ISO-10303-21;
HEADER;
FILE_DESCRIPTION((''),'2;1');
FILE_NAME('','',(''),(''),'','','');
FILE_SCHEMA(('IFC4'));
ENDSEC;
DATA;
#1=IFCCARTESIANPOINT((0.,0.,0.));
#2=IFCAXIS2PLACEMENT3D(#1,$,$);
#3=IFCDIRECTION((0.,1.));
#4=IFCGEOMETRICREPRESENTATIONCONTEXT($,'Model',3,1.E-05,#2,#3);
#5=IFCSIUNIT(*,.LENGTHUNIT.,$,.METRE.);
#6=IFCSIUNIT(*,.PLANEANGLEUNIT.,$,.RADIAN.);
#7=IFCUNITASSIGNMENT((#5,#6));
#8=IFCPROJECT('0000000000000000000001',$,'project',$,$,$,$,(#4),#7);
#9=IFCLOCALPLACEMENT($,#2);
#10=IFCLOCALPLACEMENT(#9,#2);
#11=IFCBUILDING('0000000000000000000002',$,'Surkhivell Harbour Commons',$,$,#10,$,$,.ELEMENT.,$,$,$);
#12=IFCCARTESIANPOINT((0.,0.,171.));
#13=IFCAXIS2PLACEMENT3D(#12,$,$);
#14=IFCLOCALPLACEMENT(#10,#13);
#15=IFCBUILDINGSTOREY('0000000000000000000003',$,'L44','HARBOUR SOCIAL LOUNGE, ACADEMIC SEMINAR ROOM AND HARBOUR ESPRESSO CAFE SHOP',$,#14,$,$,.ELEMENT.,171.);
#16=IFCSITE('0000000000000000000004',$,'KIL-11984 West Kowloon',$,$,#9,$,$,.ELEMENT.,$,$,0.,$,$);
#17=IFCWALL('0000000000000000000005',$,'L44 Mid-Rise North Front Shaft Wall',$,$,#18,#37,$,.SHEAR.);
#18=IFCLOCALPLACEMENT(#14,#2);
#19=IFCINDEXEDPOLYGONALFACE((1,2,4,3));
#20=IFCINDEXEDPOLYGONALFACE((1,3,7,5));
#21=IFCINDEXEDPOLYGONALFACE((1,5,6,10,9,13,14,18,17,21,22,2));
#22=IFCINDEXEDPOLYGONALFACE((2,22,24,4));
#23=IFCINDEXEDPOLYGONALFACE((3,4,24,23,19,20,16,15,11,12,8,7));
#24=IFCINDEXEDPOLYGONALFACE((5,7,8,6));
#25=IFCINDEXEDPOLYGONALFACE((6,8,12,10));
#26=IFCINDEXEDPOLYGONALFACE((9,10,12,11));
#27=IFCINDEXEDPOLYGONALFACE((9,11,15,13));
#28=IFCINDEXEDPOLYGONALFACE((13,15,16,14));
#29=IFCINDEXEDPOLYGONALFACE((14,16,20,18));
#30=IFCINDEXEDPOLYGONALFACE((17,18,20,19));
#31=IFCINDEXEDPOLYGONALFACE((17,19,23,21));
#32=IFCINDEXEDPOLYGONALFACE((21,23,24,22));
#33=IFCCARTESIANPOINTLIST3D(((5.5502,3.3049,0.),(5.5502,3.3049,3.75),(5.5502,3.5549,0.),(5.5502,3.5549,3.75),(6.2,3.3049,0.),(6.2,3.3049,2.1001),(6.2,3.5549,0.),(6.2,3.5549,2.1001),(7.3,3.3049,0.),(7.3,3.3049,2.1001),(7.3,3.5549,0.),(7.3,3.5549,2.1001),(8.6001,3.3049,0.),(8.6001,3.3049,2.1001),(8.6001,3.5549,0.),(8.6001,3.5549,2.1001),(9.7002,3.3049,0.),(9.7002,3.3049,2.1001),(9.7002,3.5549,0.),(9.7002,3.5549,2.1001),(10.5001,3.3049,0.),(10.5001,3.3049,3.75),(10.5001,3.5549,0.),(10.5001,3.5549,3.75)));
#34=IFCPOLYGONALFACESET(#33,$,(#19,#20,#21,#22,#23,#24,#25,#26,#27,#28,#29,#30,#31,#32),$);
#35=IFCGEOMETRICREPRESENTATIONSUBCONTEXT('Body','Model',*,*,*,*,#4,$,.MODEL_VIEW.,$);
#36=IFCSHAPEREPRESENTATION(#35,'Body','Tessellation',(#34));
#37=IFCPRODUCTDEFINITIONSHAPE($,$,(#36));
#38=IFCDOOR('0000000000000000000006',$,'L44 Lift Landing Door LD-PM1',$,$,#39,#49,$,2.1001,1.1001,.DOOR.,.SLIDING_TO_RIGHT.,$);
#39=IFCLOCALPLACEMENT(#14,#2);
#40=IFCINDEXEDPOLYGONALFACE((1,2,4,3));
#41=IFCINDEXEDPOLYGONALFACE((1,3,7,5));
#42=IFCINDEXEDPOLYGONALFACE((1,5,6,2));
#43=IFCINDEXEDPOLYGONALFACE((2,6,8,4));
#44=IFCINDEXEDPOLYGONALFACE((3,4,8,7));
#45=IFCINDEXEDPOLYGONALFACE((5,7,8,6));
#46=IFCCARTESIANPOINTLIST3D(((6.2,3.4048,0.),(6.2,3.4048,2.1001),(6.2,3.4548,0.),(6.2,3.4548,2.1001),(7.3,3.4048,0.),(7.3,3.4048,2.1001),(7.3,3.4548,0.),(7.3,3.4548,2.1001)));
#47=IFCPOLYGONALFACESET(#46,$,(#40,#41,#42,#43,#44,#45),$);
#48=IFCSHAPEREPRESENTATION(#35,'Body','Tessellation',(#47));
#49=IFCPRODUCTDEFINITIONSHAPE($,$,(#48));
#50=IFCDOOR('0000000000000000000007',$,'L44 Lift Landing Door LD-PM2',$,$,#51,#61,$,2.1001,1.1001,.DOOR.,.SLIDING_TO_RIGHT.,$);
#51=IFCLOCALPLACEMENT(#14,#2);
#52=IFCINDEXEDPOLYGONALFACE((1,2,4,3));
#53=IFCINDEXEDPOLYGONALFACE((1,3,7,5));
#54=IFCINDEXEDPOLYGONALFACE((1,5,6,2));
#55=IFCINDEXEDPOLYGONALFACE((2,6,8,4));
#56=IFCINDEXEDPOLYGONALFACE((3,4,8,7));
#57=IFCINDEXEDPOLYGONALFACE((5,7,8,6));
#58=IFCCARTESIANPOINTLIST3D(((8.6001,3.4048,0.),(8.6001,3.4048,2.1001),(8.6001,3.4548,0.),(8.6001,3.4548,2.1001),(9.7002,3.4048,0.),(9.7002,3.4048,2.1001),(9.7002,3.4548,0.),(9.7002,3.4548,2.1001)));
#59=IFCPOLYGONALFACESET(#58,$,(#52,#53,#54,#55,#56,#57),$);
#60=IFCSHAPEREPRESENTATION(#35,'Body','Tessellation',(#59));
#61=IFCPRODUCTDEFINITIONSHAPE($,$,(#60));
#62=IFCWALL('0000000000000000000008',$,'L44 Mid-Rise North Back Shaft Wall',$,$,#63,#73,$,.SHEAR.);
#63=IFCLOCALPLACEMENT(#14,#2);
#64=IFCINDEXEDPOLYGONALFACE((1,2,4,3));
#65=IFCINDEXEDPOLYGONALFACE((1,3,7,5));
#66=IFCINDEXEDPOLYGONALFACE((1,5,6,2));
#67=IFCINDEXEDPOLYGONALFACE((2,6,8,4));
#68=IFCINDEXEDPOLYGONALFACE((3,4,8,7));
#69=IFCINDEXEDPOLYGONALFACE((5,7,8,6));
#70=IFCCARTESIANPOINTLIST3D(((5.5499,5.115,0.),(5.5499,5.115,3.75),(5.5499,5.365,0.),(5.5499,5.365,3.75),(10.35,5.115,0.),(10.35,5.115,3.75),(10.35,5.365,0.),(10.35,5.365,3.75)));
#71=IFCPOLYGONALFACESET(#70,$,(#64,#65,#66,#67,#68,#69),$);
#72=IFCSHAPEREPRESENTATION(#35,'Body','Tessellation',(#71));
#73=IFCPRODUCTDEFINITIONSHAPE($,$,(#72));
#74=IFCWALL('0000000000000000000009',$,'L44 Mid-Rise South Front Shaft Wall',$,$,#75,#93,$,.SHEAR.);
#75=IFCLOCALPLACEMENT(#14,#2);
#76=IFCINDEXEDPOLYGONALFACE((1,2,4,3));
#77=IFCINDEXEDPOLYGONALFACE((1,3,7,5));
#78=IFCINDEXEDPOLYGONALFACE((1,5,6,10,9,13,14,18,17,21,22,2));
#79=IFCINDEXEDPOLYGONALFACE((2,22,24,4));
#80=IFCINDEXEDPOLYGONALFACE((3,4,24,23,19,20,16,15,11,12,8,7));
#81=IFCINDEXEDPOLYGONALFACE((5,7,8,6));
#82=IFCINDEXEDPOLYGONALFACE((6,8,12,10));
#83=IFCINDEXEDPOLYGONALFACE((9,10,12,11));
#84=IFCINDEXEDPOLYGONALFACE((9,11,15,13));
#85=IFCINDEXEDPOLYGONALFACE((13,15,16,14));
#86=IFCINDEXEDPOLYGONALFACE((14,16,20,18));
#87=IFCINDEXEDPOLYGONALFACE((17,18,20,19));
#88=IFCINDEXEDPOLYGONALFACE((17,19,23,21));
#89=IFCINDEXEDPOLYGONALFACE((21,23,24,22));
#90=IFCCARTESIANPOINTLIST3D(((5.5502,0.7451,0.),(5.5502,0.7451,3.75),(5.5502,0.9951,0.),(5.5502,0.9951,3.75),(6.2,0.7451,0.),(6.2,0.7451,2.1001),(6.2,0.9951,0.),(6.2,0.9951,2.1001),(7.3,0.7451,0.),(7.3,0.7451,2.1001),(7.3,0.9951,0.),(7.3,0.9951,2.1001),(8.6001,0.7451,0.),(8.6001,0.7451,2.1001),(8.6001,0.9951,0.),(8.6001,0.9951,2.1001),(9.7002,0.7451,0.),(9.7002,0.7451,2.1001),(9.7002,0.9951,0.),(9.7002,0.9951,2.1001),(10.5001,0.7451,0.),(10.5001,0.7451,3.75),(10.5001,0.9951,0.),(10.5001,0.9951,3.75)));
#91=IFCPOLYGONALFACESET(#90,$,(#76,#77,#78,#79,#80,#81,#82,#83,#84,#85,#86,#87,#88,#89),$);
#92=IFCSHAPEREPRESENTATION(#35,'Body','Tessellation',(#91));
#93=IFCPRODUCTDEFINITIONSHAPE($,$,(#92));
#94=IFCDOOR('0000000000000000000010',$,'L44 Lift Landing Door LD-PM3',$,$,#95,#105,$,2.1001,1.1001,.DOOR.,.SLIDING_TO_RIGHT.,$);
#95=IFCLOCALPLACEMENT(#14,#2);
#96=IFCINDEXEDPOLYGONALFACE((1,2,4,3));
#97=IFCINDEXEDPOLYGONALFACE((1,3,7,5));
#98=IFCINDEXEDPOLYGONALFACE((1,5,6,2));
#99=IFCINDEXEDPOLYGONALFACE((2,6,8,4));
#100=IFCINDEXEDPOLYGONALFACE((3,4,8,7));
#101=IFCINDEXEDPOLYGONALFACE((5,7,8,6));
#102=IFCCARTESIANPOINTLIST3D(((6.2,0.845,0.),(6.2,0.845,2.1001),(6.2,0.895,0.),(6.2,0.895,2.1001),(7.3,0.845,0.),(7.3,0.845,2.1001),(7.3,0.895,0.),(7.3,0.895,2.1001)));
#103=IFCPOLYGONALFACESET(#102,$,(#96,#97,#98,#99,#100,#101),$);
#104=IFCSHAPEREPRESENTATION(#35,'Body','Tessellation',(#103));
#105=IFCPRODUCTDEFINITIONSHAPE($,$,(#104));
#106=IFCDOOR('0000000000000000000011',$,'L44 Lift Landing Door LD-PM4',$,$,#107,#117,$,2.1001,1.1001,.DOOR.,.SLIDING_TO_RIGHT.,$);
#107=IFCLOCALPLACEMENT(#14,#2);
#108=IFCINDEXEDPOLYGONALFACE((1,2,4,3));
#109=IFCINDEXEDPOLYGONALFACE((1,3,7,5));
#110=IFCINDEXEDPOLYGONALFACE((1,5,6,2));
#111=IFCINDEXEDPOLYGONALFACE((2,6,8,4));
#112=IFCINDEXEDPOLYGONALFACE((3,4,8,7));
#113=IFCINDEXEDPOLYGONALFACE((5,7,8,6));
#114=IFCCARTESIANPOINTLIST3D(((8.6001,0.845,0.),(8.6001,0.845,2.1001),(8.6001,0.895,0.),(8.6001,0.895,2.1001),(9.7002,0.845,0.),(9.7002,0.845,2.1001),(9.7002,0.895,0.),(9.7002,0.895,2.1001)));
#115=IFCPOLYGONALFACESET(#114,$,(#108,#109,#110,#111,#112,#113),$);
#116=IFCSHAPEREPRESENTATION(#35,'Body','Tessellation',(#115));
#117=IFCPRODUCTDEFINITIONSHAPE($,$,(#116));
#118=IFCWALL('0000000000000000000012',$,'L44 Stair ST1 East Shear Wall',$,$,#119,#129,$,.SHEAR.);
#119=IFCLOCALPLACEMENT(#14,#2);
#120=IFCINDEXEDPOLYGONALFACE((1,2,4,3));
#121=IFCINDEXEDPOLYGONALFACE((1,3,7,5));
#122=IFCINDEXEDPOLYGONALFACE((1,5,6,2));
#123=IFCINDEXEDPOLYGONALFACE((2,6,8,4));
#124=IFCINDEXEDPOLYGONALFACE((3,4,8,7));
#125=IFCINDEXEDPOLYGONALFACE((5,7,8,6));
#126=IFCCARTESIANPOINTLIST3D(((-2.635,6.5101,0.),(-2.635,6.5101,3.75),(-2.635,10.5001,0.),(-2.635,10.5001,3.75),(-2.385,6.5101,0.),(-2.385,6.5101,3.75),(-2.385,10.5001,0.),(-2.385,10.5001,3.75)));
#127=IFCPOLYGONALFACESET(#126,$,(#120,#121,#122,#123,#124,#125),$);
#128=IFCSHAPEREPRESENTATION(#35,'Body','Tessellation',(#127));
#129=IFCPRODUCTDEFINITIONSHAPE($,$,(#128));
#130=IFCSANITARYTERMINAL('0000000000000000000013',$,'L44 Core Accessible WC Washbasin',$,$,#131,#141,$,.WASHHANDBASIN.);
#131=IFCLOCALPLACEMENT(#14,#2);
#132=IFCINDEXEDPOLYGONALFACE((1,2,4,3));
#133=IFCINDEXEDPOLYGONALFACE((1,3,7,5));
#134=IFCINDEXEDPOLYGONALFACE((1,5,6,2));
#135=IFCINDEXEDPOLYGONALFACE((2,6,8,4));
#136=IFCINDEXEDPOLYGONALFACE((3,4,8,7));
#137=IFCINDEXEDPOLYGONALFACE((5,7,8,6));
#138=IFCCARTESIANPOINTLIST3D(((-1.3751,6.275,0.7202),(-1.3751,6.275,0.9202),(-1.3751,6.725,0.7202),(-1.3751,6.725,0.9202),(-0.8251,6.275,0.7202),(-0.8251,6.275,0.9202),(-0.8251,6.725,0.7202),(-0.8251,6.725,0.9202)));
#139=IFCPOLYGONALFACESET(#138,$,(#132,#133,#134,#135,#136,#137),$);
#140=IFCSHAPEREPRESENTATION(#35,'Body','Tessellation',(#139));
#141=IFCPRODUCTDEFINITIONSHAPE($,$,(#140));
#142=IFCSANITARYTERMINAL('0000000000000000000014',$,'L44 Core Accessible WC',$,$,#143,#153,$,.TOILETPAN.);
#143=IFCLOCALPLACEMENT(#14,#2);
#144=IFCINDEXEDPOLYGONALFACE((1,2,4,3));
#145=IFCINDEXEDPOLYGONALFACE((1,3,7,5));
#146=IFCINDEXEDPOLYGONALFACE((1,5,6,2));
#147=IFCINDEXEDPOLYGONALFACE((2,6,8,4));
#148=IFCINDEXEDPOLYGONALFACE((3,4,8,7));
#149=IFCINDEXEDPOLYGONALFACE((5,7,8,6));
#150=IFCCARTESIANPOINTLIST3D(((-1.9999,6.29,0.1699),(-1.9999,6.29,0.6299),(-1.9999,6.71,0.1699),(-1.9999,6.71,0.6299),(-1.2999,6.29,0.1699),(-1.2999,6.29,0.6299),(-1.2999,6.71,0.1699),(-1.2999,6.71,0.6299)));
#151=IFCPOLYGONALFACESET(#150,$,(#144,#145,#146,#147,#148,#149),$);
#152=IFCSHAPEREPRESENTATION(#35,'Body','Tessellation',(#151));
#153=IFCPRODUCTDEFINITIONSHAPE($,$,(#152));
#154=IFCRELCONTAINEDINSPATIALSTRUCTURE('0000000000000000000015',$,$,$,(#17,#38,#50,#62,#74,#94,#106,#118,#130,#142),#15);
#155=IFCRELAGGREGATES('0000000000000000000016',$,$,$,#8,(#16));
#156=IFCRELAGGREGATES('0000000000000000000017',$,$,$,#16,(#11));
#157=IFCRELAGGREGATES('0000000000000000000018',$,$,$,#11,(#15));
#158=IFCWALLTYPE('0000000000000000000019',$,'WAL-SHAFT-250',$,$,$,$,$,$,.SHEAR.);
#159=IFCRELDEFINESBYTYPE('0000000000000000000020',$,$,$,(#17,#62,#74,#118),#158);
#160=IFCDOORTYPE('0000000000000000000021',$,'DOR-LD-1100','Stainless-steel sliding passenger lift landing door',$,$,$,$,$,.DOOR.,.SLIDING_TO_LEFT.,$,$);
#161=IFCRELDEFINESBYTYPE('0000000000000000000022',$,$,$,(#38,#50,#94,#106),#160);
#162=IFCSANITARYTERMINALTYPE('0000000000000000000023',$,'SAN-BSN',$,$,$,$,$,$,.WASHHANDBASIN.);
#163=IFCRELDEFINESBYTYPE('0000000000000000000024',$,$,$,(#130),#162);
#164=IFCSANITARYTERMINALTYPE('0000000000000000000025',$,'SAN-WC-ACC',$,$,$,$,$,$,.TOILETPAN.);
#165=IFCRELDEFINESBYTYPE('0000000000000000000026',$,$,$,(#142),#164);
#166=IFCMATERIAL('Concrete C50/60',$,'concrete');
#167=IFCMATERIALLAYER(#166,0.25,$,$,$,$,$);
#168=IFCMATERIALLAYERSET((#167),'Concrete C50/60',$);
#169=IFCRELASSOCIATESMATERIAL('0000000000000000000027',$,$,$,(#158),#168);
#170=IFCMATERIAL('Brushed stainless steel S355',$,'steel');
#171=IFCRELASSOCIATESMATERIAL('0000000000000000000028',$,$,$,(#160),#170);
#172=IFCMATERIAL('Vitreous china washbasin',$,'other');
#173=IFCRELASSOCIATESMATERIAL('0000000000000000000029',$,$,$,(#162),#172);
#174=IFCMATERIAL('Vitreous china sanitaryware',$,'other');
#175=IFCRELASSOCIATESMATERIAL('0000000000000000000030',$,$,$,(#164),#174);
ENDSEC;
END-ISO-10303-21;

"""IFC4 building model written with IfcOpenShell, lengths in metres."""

from ifc_helpers import new_model, si_unit, direction, frame, frame_2d, origin, origin_2d, place, context, subcontext, project, spatial, rectangle, extrude, material, layer, layer_set, type_object, element, fill, save


model = new_model("IFC4")

# Units and contexts
model_context = context("Model", 3, precision=1e-05, world=origin(), true_north=direction((0.0, 1.0)))
body_context = subcontext(model_context, "Body", "Model", "MODEL_VIEW")
ifc_project = project(units=[si_unit("LENGTHUNIT", "METRE"), si_unit("PLANEANGLEUNIT", "RADIAN")], contexts=[model_context])

# Site, building, storey
site_placement = place(None, origin())
site = spatial("IfcSite", under=ifc_project, at=site_placement, Name="KIL-11984 West Kowloon", CompositionType="ELEMENT", RefElevation=0.0)
building_placement = place(site_placement, origin())
building = spatial("IfcBuilding", under=site, at=building_placement, Name="Surkhivell Harbour Commons", CompositionType="ELEMENT")
storey_placement = place(building_placement, frame((0.0, 0.0, 171.0)))
storey = spatial("IfcBuildingStorey", under=building, at=storey_placement, Name="L44", Description="HARBOUR SOCIAL LOUNGE, ACADEMIC SEMINAR ROOM AND HARBOUR ESPRESSO CAFE SHOP", CompositionType="ELEMENT", Elevation=171.0)

# Shared definitions
ifc_material_1 = material(Name="Concrete C50/60", Category="concrete")
ifc_layer_1 = layer(ifc_material_1, 0.25)
ifc_layer_set_1 = layer_set([ifc_layer_1], Name="Concrete C50/60")
wall_type_1 = type_object("IfcWallType", Name="WAL-SHAFT-250", PredefinedType="SHEAR", material=ifc_layer_set_1)

# Wall, openings, doors
wall_1_placement = place(storey_placement, frame((5.55, 3.4299, 0.0), z_axis=(0.0, 0.0, 1.0), x_axis=(1.0, 0.0, 0.0)))
wall_1 = element("IfcWall", 1, at=wall_1_placement, inside=storey, type_object=wall_type_1, Name="L44 Mid-Rise North Front Shaft Wall", PredefinedType="SHEAR", context=body_context, shape_type="SweptSolid", body=[
    extrude(rectangle(XDim=4.95, YDim=0.25, at=frame_2d((2.4751, 0.0))), origin(), (0.0, 0.0, 1.0), 3.75),
])
opening_1_placement = place(wall_1_placement, frame((0.6499, 0.0, 0.0)))
opening_1 = element("IfcOpeningElement", 2, at=opening_1_placement, cuts=wall_1, PredefinedType="OPENING", context=body_context, shape_type="SweptSolid", body=[
    extrude(rectangle(XDim=1.1001, YDim=2.1001, at=frame_2d((0.55, 1.05))), frame((0.0, 0.135, 0.0), z_axis=(0.0, -1.0, 0.0), x_axis=(1.0, 0.0, 0.0)), (0.0, 0.0, 1.0), 0.27),
])
opening_2_placement = place(wall_1_placement, frame((3.05, 0.0, 0.0)))
opening_2 = element("IfcOpeningElement", 3, at=opening_2_placement, cuts=wall_1, PredefinedType="OPENING", context=body_context, shape_type="SweptSolid", body=[
    extrude(rectangle(XDim=1.1001, YDim=2.1001, at=frame_2d((0.55, 1.05))), frame((0.0, 0.135, 0.0), z_axis=(0.0, -1.0, 0.0), x_axis=(1.0, 0.0, 0.0)), (0.0, 0.0, 1.0), 0.27),
])
ifc_material_2 = material(Name="Brushed stainless steel S355", Category="steel")
door_type_1 = type_object("IfcDoorType", Name="DOR-LD-1100", Description="Stainless-steel sliding passenger lift landing door", OperationType="SLIDING_TO_LEFT", PredefinedType="DOOR", material=ifc_material_2)
door_1_placement = place(opening_1_placement, origin())
door_1 = element("IfcDoor", 4, at=door_1_placement, inside=storey, type_object=door_type_1, Name="L44 Lift Landing Door LD-PM1", OperationType="SLIDING_TO_RIGHT", OverallHeight=2.1001, OverallWidth=1.1001, PredefinedType="DOOR", context=body_context, shape_type="SweptSolid", body=[
    extrude(rectangle(XDim=1.1001, YDim=2.1001, at=frame_2d((0.55, 1.05))), frame((0.0, 0.0249, 0.0), z_axis=(0.0, -1.0, 0.0), x_axis=(1.0, 0.0, 0.0)), (0.0, 0.0, 1.0), 0.05),
])
fill(opening_1, door_1)
door_2_placement = place(opening_2_placement, origin())
door_2 = element("IfcDoor", 5, at=door_2_placement, inside=storey, type_object=door_type_1, Name="L44 Lift Landing Door LD-PM2", OperationType="SLIDING_TO_RIGHT", OverallHeight=2.1001, OverallWidth=1.1001, PredefinedType="DOOR", context=body_context, shape_type="SweptSolid", body=[
    extrude(rectangle(XDim=1.1001, YDim=2.1001, at=frame_2d((0.55, 1.05))), frame((0.0, 0.0249, 0.0), z_axis=(0.0, -1.0, 0.0), x_axis=(1.0, 0.0, 0.0)), (0.0, 0.0, 1.0), 0.05),
])
fill(opening_2, door_2)

# Wall
wall_2_placement = place(storey_placement, frame((5.55, 5.24, 0.0), z_axis=(0.0, 0.0, 1.0), x_axis=(1.0, 0.0, 0.0)))
element("IfcWall", 6, at=wall_2_placement, inside=storey, type_object=wall_type_1, Name="L44 Mid-Rise North Back Shaft Wall", PredefinedType="SHEAR", context=body_context, shape_type="SweptSolid", body=[
    extrude(rectangle(XDim=4.8, YDim=0.25, at=frame_2d((2.3999, 0.0))), origin(), (0.0, 0.0, 1.0), 3.75),
])

# Wall, openings, doors
wall_3_placement = place(storey_placement, frame((5.55, 0.8701, 0.0), z_axis=(0.0, 0.0, 1.0), x_axis=(1.0, 0.0, 0.0)))
wall_3 = element("IfcWall", 7, at=wall_3_placement, inside=storey, type_object=wall_type_1, Name="L44 Mid-Rise South Front Shaft Wall", PredefinedType="SHEAR", context=body_context, shape_type="SweptSolid", body=[
    extrude(rectangle(XDim=4.95, YDim=0.25, at=frame_2d((2.4751, 0.0))), origin(), (0.0, 0.0, 1.0), 3.75),
])
opening_3_placement = place(wall_3_placement, frame((0.6499, 0.0, 0.0)))
opening_3 = element("IfcOpeningElement", 8, at=opening_3_placement, cuts=wall_3, PredefinedType="OPENING", context=body_context, shape_type="SweptSolid", body=[
    extrude(rectangle(XDim=1.1001, YDim=2.1001, at=frame_2d((0.55, 1.05))), frame((0.0, 0.135, 0.0), z_axis=(0.0, -1.0, 0.0), x_axis=(1.0, 0.0, 0.0)), (0.0, 0.0, 1.0), 0.27),
])
opening_4_placement = place(wall_3_placement, frame((3.05, 0.0, 0.0)))
opening_4 = element("IfcOpeningElement", 9, at=opening_4_placement, cuts=wall_3, PredefinedType="OPENING", context=body_context, shape_type="SweptSolid", body=[
    extrude(rectangle(XDim=1.1001, YDim=2.1001, at=frame_2d((0.55, 1.05))), frame((0.0, 0.135, 0.0), z_axis=(0.0, -1.0, 0.0), x_axis=(1.0, 0.0, 0.0)), (0.0, 0.0, 1.0), 0.27),
])
door_3_placement = place(opening_3_placement, origin())
door_3 = element("IfcDoor", 10, at=door_3_placement, inside=storey, type_object=door_type_1, Name="L44 Lift Landing Door LD-PM3", OperationType="SLIDING_TO_RIGHT", OverallHeight=2.1001, OverallWidth=1.1001, PredefinedType="DOOR", context=body_context, shape_type="SweptSolid", body=[
    extrude(rectangle(XDim=1.1001, YDim=2.1001, at=frame_2d((0.55, 1.05))), frame((0.0, 0.0249, 0.0), z_axis=(0.0, -1.0, 0.0), x_axis=(1.0, 0.0, 0.0)), (0.0, 0.0, 1.0), 0.05),
])
fill(opening_3, door_3)
door_4_placement = place(opening_4_placement, origin())
door_4 = element("IfcDoor", 11, at=door_4_placement, inside=storey, type_object=door_type_1, Name="L44 Lift Landing Door LD-PM4", OperationType="SLIDING_TO_RIGHT", OverallHeight=2.1001, OverallWidth=1.1001, PredefinedType="DOOR", context=body_context, shape_type="SweptSolid", body=[
    extrude(rectangle(XDim=1.1001, YDim=2.1001, at=frame_2d((0.55, 1.05))), frame((0.0, 0.0249, 0.0), z_axis=(0.0, -1.0, 0.0), x_axis=(1.0, 0.0, 0.0)), (0.0, 0.0, 1.0), 0.05),
])
fill(opening_4, door_4)

# Wall
wall_4_placement = place(storey_placement, frame((-2.51, 6.51, 0.0), z_axis=(0.0, 0.0, 1.0), x_axis=(0.0, 1.0, 0.0)))
element("IfcWall", 12, at=wall_4_placement, inside=storey, type_object=wall_type_1, Name="L44 Stair ST1 East Shear Wall", PredefinedType="SHEAR", context=body_context, shape_type="SweptSolid", body=[
    extrude(rectangle(XDim=3.99, YDim=0.25, at=frame_2d((1.9951, 0.0))), origin(), (0.0, 0.0, 1.0), 3.75),
])

# Sanitary terminals
ifc_material_3 = material(Name="Vitreous china washbasin", Category="other")
sanitary_terminal_type_1 = type_object("IfcSanitaryTerminalType", Name="SAN-BSN", PredefinedType="WASHHANDBASIN", material=ifc_material_3)
sanitary_terminal_1_placement = place(storey_placement, frame((-1.1001, 6.5, 0.7202), z_axis=(0.0, 0.0, 1.0), x_axis=(1.0, 0.0, 0.0)))
element("IfcSanitaryTerminal", 13, at=sanitary_terminal_1_placement, inside=storey, type_object=sanitary_terminal_type_1, Name="L44 Core Accessible WC Washbasin", PredefinedType="WASHHANDBASIN", context=body_context, shape_type="SweptSolid", body=[
    extrude(rectangle(XDim=0.55, YDim=0.45, at=origin_2d()), origin(), (0.0, 0.0, 1.0), 0.2),
])
ifc_material_4 = material(Name="Vitreous china sanitaryware", Category="other")
sanitary_terminal_type_2 = type_object("IfcSanitaryTerminalType", Name="SAN-WC-ACC", PredefinedType="TOILETPAN", material=ifc_material_4)
sanitary_terminal_2_placement = place(storey_placement, frame((-1.6499, 6.5, 0.1699), z_axis=(0.0, 0.0, 1.0), x_axis=(1.0, 0.0, 0.0)))
element("IfcSanitaryTerminal", 14, at=sanitary_terminal_2_placement, inside=storey, type_object=sanitary_terminal_type_2, Name="L44 Core Accessible WC", PredefinedType="TOILETPAN", context=body_context, shape_type="SweptSolid", body=[
    extrude(rectangle(XDim=0.7, YDim=0.4199, at=origin_2d()), origin(), (0.0, 0.0, 1.0), 0.46),
])

save(model, "model.ifc")
